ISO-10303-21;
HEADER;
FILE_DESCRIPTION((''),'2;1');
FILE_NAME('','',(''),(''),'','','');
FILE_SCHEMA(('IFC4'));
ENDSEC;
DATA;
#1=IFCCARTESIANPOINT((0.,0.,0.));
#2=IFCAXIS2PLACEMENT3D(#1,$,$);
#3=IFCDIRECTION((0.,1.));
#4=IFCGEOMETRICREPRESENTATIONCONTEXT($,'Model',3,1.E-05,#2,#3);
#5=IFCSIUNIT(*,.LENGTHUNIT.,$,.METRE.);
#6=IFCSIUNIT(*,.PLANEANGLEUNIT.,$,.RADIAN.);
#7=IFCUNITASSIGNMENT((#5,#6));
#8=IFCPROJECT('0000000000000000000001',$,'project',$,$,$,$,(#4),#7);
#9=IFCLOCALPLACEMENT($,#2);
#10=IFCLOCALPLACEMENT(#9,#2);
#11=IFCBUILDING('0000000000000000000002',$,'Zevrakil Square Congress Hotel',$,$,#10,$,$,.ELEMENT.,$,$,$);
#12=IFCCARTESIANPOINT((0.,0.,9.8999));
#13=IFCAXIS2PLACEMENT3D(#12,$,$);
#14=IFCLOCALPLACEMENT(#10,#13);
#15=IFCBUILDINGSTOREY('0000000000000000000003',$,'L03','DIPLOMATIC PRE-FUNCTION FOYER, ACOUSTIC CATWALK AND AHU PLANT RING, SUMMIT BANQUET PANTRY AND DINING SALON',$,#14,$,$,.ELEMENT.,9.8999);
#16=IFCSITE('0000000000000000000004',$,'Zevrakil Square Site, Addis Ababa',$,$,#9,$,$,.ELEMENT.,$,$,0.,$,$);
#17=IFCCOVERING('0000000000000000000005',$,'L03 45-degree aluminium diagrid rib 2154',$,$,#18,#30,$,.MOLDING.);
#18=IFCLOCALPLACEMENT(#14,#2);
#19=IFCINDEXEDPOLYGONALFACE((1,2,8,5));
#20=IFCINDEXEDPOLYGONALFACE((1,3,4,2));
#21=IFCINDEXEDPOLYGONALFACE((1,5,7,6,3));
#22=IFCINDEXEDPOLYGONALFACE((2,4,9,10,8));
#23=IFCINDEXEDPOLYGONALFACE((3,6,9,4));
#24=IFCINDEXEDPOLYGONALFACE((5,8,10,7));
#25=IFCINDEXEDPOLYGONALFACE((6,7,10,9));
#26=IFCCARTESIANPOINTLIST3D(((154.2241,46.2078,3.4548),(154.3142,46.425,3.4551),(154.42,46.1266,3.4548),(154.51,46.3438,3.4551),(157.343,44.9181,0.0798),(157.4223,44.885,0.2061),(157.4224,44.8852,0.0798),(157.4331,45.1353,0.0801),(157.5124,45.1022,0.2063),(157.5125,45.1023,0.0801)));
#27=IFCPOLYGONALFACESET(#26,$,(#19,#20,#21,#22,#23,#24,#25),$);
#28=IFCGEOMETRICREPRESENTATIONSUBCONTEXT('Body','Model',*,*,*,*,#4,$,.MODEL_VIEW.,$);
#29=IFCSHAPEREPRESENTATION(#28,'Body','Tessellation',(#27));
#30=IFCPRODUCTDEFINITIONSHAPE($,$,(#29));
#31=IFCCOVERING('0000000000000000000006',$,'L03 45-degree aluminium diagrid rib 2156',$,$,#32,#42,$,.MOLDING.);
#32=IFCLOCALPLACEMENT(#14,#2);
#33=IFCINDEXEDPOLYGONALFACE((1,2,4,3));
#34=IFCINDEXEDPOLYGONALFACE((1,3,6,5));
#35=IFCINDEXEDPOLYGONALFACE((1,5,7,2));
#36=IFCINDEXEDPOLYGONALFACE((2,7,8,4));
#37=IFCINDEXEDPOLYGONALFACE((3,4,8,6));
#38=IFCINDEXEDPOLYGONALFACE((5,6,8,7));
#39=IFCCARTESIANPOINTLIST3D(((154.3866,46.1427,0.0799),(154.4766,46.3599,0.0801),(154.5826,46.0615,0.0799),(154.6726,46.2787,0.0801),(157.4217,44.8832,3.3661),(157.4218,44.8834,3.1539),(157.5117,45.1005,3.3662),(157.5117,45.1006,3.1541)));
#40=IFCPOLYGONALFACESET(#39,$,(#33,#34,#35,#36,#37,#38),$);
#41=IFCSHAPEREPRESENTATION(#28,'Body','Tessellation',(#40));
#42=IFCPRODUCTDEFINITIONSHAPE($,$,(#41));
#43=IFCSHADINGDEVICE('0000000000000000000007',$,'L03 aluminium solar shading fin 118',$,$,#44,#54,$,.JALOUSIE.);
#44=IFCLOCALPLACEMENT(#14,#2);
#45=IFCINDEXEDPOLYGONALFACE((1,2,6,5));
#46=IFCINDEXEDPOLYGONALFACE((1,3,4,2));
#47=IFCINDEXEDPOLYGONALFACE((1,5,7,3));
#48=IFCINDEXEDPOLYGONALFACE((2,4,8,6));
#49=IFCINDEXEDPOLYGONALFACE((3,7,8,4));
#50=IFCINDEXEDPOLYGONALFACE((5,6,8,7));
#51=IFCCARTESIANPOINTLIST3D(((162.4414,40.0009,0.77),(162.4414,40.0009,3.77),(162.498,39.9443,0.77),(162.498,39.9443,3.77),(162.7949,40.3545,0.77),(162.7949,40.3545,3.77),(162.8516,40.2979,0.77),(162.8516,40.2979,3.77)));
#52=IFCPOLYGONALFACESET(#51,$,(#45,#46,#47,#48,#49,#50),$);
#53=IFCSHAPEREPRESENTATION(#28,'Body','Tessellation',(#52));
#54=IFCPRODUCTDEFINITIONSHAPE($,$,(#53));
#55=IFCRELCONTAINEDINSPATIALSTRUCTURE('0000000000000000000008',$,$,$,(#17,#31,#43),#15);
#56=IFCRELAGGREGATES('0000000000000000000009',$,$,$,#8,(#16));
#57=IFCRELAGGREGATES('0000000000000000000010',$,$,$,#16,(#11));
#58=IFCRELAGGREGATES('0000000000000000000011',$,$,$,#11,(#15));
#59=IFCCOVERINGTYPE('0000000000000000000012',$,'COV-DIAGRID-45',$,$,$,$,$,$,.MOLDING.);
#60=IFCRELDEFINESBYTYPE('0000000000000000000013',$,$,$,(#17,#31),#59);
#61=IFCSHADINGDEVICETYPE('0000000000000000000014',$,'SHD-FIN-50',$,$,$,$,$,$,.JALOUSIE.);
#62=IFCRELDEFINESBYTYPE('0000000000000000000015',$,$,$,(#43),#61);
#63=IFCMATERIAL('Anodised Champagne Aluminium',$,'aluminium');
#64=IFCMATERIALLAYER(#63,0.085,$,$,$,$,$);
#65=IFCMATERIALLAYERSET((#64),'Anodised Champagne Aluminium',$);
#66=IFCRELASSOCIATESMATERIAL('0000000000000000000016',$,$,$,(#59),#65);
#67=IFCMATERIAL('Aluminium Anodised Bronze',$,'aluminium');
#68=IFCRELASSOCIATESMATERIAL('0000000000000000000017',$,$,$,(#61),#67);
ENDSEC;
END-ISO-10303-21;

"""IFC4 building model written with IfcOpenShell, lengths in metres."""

from ifc_helpers import new_model, si_unit, direction, frame, origin, origin_2d, place, context, subcontext, project, spatial, polyline, rectangle, outline, extrude, material, layer, layer_set, type_object, element, save


model = new_model("IFC4")

# Units and contexts
model_context = context("Model", 3, precision=1e-05, world=origin(), true_north=direction((0.0, 1.0)))
body_context = subcontext(model_context, "Body", "Model", "MODEL_VIEW")
ifc_project = project(units=[si_unit("LENGTHUNIT", "METRE"), si_unit("PLANEANGLEUNIT", "RADIAN")], contexts=[model_context])

# Site, building, storey
site_placement = place(None, origin())
site = spatial("IfcSite", under=ifc_project, at=site_placement, Name="Zevrakil Square Site, Addis Ababa", CompositionType="ELEMENT", RefElevation=0.0)
building_placement = place(site_placement, origin())
building = spatial("IfcBuilding", under=site, at=building_placement, Name="Zevrakil Square Congress Hotel", CompositionType="ELEMENT")
storey_placement = place(building_placement, frame((0.0, 0.0, 9.8999)))
storey = spatial("IfcBuildingStorey", under=building, at=storey_placement, Name="L03", Description="DIPLOMATIC PRE-FUNCTION FOYER, ACOUSTIC CATWALK AND AHU PLANT RING, SUMMIT BANQUET PANTRY AND DINING SALON", CompositionType="ELEMENT", Elevation=9.8999)

# Coverings
ifc_material_1 = material(Name="Anodised Champagne Aluminium", Category="aluminium")
ifc_layer_1 = layer(ifc_material_1, 0.085)
ifc_layer_set_1 = layer_set([ifc_layer_1], Name="Anodised Champagne Aluminium")
covering_type_1 = type_object("IfcCoveringType", Name="COV-DIAGRID-45", PredefinedType="MOLDING", material=ifc_layer_set_1)
covering_1_placement = place(storey_placement, frame((157.4331, 45.1353, 0.0801), z_axis=(0.383103, 0.923705, 0.001041), x_axis=(0.923706, -0.383103, 0.000001)))
element("IfcCovering", 1, at=covering_1_placement, inside=storey, type_object=covering_type_1, Name="L03 45-degree aluminium diagrid rib 2154", PredefinedType="MOLDING", context=body_context, shape_type="SweptSolid", body=[
    extrude(outline(polyline([(0.0, 0.0), (0.0859, 0.0), (0.0859, -0.1262), (-3.1631, -3.375), (-3.3751, -3.375), (0.0, 0.0)])), origin(), (0.0, 0.0, -1.0), 0.2351),
])
covering_2_placement = place(storey_placement, frame((157.5117, 45.1006, 3.1541), z_axis=(0.382671, 0.923885, 0.000638), x_axis=(-0.000244, -0.00059, 1.0)))
element("IfcCovering", 2, at=covering_2_placement, inside=storey, type_object=covering_type_1, Name="L03 45-degree aluminium diagrid rib 2156", PredefinedType="MOLDING", context=body_context, shape_type="SweptSolid", body=[
    extrude(outline(polyline([(0.0, 0.0), (0.2122, 0.0), (-3.074, -3.286), (-3.074, -3.0739), (0.0, 0.0)])), origin(), (0.0, 0.0, -1.0), 0.2351),
])

# Shading device
ifc_material_2 = material(Name="Aluminium Anodised Bronze", Category="aluminium")
shading_device_type = type_object("IfcShadingDeviceType", Name="SHD-FIN-50", PredefinedType="JALOUSIE", material=ifc_material_2)
shading_device_placement = place(storey_placement, frame((162.6465, 40.1494, 0.77), z_axis=(0.0, 0.0, 1.0), x_axis=(0.707107, 0.707107, 0.0)))
element("IfcShadingDevice", 3, at=shading_device_placement, inside=storey, type_object=shading_device_type, Name="L03 aluminium solar shading fin 118", PredefinedType="JALOUSIE", context=body_context, shape_type="SweptSolid", body=[
    extrude(rectangle(XDim=0.5, YDim=0.0801, at=origin_2d()), origin(), (0.0, 0.0, 1.0), 3.0),
])

save(model, "model.ifc")
